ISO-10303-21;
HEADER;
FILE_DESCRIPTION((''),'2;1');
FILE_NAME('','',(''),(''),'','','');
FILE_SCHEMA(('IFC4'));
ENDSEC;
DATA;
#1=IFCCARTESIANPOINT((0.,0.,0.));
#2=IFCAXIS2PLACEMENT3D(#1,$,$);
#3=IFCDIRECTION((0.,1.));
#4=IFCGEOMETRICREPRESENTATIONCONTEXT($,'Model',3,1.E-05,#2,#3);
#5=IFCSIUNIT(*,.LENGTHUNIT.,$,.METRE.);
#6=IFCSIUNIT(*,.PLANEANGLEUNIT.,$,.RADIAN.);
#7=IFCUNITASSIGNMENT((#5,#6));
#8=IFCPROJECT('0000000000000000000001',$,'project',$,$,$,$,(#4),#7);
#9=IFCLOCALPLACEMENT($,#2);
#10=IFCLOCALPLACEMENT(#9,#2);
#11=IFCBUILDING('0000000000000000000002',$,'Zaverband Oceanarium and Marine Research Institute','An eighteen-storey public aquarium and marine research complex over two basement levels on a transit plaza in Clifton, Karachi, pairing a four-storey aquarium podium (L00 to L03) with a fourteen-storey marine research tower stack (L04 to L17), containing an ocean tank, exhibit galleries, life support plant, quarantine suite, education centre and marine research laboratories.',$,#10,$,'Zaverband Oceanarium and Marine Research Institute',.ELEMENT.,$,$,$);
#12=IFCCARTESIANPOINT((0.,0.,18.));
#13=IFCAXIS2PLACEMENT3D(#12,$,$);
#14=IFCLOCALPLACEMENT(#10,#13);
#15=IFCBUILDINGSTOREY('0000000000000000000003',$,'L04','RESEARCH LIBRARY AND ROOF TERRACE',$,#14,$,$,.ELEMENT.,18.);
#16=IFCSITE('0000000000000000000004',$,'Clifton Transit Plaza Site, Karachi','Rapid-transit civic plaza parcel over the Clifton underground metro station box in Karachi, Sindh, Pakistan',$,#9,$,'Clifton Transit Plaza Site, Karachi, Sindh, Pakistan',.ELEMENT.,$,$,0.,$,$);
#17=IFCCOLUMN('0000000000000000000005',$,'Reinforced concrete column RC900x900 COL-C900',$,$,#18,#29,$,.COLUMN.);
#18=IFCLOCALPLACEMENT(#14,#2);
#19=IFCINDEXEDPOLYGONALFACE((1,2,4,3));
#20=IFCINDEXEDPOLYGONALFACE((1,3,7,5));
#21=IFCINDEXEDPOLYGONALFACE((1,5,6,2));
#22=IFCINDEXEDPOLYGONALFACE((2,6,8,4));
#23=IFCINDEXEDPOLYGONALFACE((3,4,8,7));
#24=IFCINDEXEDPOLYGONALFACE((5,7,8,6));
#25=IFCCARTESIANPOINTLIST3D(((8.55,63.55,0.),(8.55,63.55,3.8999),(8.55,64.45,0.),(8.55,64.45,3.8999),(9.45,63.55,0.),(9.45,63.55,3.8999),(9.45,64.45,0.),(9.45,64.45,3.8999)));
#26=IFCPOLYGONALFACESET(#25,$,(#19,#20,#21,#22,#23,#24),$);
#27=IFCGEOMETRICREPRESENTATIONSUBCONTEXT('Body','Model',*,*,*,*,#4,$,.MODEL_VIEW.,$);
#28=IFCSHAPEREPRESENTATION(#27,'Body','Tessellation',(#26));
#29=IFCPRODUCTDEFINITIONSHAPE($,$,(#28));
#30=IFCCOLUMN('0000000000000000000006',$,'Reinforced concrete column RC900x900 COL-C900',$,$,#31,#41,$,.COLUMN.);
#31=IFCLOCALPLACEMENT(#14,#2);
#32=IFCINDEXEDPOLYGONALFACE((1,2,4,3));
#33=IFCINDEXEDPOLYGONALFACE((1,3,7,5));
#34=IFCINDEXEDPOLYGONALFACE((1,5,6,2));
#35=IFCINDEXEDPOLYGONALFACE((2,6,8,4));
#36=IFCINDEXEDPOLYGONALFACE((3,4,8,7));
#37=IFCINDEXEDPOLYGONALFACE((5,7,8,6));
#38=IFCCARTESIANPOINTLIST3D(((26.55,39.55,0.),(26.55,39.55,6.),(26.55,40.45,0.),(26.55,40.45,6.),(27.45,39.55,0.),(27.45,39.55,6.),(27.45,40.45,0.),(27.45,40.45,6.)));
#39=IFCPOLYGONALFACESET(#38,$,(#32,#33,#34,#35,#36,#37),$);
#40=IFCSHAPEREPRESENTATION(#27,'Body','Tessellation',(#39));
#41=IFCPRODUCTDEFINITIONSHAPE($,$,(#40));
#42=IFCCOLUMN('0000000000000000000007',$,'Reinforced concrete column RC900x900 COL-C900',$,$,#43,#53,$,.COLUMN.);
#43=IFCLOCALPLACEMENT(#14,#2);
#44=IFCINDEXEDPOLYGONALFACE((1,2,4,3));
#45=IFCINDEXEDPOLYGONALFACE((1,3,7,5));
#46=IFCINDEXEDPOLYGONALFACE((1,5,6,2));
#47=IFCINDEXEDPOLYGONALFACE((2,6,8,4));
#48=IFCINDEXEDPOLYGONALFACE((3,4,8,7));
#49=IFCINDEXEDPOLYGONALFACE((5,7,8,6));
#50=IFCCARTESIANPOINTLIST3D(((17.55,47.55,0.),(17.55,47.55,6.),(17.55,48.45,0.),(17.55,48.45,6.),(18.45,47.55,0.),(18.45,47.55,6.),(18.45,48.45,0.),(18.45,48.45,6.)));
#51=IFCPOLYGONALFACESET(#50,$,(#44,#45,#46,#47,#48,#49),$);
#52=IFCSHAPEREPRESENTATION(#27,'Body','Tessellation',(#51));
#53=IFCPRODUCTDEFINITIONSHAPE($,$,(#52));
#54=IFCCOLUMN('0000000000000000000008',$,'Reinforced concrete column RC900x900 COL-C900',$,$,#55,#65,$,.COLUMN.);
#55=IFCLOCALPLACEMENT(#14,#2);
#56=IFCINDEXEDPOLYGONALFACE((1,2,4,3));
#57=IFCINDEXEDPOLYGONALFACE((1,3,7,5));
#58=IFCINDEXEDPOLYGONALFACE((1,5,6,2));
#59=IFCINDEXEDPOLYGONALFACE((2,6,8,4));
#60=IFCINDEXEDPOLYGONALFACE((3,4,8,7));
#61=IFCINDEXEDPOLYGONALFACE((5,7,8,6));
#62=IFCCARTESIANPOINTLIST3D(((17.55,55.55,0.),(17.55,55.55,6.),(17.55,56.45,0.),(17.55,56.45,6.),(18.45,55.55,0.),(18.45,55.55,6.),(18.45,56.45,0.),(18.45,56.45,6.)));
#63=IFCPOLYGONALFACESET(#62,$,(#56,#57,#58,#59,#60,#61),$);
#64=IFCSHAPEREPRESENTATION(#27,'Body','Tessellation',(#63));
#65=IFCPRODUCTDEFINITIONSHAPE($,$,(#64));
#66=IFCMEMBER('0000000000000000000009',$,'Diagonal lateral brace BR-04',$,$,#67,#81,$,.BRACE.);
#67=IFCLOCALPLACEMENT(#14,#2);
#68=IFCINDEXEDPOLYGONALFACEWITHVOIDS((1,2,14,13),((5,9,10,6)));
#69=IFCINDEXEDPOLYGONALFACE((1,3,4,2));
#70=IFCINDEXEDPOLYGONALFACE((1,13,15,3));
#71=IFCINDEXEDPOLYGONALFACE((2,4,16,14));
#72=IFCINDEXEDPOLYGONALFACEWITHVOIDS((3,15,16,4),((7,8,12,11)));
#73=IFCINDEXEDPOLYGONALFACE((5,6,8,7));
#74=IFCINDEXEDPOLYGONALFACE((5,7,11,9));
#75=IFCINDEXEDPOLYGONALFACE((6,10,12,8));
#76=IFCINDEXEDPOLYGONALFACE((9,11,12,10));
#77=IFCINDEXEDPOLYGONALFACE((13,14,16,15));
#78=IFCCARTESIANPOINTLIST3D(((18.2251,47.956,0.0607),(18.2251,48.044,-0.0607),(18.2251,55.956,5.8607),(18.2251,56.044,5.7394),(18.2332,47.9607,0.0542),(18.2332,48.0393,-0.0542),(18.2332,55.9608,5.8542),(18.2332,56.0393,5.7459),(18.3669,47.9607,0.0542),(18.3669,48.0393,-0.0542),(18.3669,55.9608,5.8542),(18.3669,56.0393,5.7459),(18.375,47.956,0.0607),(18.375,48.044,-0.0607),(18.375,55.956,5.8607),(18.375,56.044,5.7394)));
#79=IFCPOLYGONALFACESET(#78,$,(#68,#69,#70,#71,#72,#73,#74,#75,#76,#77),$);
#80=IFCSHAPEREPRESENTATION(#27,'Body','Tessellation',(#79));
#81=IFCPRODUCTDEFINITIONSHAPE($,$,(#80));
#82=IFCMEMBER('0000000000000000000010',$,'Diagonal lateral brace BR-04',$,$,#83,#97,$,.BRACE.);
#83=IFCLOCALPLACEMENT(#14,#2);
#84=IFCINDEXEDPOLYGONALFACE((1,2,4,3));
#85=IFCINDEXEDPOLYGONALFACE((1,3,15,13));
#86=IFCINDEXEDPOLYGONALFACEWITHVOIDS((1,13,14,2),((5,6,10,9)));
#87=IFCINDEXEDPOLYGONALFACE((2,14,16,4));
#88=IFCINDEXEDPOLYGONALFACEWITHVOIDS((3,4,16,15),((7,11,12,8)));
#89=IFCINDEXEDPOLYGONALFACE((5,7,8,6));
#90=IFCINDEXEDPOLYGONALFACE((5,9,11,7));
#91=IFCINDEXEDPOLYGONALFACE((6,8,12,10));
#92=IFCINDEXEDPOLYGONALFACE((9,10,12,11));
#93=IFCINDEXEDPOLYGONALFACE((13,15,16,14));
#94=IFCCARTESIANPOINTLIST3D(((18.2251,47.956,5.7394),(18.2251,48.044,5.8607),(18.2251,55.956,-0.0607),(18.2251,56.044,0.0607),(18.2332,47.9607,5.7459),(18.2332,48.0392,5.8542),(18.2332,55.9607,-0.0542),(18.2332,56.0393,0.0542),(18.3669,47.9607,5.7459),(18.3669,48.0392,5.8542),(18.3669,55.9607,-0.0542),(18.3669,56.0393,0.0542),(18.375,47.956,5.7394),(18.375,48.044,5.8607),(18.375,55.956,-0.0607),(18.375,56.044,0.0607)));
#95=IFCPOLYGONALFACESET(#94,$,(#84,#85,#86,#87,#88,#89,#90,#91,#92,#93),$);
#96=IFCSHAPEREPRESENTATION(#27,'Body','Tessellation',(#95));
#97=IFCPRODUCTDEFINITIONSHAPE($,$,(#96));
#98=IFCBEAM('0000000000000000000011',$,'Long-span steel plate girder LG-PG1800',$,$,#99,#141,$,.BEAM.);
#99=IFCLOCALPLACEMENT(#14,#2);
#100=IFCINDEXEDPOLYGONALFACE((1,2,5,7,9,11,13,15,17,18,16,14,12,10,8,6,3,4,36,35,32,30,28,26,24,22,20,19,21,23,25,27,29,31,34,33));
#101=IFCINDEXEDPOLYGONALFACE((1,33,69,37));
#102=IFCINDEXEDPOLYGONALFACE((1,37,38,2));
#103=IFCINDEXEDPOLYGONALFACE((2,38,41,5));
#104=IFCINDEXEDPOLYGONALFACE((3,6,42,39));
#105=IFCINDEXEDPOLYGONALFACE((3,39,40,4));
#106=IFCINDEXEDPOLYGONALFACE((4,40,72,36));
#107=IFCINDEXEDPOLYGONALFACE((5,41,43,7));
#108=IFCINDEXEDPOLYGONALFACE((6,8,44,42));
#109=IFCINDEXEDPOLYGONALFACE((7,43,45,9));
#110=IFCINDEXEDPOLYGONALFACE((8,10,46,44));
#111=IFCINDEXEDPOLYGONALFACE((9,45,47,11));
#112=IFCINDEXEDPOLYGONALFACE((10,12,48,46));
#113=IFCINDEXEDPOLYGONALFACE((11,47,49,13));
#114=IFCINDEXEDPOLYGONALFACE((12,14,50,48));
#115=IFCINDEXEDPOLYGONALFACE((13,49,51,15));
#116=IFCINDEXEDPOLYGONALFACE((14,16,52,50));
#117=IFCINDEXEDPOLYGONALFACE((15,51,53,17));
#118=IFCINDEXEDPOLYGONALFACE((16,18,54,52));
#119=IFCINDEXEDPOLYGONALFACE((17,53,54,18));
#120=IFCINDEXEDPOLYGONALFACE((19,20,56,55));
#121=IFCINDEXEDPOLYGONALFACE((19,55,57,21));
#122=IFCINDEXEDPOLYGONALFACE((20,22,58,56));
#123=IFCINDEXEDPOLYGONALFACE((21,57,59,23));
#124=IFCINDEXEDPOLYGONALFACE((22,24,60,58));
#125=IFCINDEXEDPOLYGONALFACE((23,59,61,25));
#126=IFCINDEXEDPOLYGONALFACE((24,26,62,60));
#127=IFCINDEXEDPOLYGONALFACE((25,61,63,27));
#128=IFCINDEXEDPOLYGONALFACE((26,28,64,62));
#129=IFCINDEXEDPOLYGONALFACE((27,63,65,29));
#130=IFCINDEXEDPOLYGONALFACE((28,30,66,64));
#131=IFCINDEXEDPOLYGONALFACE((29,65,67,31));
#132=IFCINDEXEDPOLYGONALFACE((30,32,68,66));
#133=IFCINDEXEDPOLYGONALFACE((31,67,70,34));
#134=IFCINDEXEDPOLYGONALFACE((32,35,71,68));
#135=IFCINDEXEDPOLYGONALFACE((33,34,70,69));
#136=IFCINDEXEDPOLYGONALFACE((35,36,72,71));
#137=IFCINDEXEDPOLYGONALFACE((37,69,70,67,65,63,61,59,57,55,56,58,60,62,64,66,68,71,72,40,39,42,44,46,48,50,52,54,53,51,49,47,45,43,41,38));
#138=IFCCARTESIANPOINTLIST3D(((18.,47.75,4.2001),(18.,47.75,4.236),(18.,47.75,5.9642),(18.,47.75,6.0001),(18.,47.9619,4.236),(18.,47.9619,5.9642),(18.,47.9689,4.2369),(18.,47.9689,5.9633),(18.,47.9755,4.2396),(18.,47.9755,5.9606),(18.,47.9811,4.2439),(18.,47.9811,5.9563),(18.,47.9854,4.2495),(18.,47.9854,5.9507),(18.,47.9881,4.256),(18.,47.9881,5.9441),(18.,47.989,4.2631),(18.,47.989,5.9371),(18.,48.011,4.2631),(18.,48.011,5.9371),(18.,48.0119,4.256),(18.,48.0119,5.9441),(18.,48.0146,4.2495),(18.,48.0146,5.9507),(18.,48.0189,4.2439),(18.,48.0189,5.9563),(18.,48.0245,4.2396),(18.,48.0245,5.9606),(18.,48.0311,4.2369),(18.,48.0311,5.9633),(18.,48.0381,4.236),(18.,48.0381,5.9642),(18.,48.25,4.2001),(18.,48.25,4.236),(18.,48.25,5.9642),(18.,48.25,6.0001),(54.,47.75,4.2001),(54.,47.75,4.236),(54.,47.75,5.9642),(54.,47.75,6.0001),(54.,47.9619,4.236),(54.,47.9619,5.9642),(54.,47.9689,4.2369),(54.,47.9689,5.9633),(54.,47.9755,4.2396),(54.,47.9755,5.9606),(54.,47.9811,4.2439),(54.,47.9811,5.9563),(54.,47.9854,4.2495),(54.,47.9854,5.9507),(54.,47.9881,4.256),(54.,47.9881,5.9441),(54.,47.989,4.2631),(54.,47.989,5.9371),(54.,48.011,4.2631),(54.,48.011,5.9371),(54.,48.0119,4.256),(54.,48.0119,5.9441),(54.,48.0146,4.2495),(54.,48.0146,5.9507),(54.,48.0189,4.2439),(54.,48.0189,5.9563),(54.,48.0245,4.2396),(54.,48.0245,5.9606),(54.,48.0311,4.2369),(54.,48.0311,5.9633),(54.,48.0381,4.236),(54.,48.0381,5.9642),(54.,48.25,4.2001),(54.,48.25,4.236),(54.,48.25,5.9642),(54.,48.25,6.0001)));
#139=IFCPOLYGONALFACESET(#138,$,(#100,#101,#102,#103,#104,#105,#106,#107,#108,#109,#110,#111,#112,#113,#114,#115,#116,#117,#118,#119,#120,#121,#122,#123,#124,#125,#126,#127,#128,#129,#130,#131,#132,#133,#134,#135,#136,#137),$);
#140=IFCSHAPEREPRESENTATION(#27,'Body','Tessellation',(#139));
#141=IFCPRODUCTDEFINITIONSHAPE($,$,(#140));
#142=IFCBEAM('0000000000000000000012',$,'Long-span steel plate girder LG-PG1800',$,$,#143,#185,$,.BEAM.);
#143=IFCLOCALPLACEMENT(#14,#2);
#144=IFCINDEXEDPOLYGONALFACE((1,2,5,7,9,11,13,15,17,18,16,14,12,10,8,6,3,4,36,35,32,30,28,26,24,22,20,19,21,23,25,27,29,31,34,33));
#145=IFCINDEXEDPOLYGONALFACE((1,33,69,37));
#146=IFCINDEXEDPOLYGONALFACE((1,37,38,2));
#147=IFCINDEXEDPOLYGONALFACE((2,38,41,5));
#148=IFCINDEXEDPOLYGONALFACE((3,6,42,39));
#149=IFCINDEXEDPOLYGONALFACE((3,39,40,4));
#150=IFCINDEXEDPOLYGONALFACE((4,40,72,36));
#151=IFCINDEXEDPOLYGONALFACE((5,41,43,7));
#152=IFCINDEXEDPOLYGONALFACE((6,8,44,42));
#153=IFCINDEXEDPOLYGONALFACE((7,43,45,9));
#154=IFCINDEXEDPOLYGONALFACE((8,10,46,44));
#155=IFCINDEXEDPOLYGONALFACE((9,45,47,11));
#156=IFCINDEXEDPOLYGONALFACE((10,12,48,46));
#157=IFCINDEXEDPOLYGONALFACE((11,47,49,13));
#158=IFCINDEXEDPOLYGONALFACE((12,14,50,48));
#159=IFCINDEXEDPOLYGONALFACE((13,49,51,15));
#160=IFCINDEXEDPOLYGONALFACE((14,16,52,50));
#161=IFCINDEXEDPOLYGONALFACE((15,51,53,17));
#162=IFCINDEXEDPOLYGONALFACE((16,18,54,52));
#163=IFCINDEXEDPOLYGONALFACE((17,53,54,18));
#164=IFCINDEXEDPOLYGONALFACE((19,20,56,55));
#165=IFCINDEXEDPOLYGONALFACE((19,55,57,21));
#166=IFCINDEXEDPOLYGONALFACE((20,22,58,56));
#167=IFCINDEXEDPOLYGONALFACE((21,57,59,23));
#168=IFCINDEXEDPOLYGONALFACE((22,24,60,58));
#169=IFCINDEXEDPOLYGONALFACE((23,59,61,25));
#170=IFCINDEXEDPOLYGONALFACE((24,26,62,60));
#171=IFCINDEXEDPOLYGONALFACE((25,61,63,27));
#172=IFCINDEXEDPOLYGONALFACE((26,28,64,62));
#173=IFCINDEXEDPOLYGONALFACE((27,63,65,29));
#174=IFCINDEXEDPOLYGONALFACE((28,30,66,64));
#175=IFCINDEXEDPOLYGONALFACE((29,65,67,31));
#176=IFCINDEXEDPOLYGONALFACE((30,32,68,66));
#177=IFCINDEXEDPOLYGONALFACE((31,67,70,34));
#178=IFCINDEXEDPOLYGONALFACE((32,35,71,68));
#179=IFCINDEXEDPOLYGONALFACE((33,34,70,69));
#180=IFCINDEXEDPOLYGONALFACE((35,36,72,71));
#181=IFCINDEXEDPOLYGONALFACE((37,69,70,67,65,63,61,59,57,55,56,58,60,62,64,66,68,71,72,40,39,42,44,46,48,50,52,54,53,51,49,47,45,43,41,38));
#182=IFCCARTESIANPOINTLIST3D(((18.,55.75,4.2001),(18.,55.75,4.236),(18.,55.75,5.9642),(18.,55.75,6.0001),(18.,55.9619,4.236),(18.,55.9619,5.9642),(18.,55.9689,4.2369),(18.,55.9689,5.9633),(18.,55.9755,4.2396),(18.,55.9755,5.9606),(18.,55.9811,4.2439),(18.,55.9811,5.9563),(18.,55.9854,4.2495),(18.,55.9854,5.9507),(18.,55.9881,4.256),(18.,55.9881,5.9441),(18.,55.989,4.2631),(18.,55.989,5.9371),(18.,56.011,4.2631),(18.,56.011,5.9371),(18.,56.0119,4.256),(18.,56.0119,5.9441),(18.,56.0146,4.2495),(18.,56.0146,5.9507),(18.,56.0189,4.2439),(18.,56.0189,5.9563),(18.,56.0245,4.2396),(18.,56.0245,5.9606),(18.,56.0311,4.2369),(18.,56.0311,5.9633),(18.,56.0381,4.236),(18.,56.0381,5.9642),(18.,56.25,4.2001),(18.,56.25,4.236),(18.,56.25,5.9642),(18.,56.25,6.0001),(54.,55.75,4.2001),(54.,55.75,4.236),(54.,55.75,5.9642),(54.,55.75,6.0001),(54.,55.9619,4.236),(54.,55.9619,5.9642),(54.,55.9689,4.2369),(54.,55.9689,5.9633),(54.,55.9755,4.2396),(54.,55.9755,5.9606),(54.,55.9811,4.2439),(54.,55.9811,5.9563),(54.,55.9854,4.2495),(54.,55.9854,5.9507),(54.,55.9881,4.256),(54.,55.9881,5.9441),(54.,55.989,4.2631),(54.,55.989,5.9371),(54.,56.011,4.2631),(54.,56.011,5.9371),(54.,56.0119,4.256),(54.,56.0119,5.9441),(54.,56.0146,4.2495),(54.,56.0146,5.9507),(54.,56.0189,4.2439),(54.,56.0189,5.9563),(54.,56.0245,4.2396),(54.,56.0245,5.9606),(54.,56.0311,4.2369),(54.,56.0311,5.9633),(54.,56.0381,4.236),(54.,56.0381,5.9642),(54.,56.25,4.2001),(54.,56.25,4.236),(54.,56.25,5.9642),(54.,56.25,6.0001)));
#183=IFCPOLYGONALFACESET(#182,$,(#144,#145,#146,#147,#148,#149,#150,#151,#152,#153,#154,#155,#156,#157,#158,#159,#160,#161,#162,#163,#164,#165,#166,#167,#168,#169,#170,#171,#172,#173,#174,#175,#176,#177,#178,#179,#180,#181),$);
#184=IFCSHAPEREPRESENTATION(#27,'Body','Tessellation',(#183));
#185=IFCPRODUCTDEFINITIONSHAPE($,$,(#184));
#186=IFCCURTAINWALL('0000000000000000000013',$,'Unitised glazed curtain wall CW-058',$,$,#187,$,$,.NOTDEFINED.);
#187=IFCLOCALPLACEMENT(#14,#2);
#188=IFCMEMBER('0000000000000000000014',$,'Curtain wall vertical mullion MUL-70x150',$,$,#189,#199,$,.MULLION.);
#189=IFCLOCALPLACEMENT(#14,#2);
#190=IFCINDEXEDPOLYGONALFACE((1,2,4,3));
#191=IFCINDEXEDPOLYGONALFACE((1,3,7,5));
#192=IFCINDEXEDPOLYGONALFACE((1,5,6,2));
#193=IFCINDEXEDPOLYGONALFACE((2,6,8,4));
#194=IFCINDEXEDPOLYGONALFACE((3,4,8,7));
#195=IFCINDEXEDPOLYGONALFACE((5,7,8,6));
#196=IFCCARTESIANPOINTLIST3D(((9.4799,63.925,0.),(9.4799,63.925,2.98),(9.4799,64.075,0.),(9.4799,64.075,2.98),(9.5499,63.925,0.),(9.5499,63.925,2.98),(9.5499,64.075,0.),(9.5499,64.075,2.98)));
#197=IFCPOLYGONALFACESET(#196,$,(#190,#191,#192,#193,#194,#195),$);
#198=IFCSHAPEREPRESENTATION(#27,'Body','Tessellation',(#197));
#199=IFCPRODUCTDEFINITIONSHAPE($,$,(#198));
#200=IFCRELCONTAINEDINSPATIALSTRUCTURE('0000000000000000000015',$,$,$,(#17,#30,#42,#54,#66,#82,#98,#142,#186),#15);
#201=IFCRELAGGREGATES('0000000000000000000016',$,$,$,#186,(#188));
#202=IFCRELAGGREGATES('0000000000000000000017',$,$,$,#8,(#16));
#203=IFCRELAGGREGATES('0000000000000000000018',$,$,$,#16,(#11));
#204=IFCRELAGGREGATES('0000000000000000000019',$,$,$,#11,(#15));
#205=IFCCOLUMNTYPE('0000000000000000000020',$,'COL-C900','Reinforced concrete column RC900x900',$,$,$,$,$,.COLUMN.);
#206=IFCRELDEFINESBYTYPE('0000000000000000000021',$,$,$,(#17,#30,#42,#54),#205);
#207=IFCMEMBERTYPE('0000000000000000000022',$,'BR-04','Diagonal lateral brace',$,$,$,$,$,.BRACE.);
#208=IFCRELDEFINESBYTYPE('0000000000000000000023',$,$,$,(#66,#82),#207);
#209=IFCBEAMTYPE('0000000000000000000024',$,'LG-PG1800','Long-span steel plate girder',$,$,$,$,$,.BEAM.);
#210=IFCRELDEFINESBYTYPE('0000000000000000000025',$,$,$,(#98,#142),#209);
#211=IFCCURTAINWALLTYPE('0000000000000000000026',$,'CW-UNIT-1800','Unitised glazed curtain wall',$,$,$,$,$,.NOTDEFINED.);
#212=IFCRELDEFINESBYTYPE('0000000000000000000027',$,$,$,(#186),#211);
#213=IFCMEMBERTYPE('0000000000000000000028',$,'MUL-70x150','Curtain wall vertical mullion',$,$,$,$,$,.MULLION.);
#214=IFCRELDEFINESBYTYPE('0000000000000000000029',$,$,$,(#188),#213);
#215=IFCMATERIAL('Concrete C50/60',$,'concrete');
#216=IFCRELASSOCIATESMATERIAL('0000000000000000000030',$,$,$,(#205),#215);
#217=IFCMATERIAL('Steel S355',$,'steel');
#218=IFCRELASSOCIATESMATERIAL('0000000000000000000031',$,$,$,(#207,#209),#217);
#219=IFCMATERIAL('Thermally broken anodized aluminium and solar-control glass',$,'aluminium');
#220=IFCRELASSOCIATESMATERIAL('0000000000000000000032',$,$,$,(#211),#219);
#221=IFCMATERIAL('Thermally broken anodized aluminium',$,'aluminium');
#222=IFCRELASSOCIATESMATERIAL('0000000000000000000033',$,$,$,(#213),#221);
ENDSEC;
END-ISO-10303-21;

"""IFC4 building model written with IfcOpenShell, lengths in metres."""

from ifc_helpers import new_model, si_unit, direction, frame, origin, origin_2d, place, context, subcontext, project, spatial, rectangle, hollow_rectangle, i_section, extrude, material, material_profile, profile_set, type_object, element, aggregate, save


model = new_model("IFC4")

# Units and contexts
model_context = context("Model", 3, precision=1e-05, world=origin(), true_north=direction((0.0, 1.0)))
body_context = subcontext(model_context, "Body", "Model", "MODEL_VIEW")
ifc_project = project(units=[si_unit("LENGTHUNIT", "METRE"), si_unit("PLANEANGLEUNIT", "RADIAN")], contexts=[model_context])

# Site, building, storey
site_placement = place(None, origin())
site = spatial("IfcSite", under=ifc_project, at=site_placement, Name="Clifton Transit Plaza Site, Karachi", Description="Rapid-transit civic plaza parcel over the Clifton underground metro station box in Karachi, Sindh, Pakistan", LongName="Clifton Transit Plaza Site, Karachi, Sindh, Pakistan", CompositionType="ELEMENT", RefElevation=0.0)
building_placement = place(site_placement, origin())
building = spatial("IfcBuilding", under=site, at=building_placement, Name="Zaverband Oceanarium and Marine Research Institute", Description="An eighteen-storey public aquarium and marine research complex over two basement levels on a transit plaza in Clifton, Karachi, pairing a four-storey aquarium podium (L00 to L03) with a fourteen-storey marine research tower stack (L04 to L17), containing an ocean tank, exhibit galleries, life support plant, quarantine suite, education centre and marine research laboratories.", LongName="Zaverband Oceanarium and Marine Research Institute", CompositionType="ELEMENT")
storey_placement = place(building_placement, frame((0.0, 0.0, 18.0)))
storey = spatial("IfcBuildingStorey", under=building, at=storey_placement, Name="L04", Description="RESEARCH LIBRARY AND ROOF TERRACE", CompositionType="ELEMENT", Elevation=18.0)

# Columns
ifc_material_1 = material(Name="Concrete C50/60", Category="concrete")
ifc_material_profile_1 = material_profile(ifc_material_1, rectangle(XDim=0.8999, YDim=0.8999, at=origin_2d()), Name="RC900x900")
ifc_profile_set_1 = profile_set([ifc_material_profile_1], Name="Concrete C50/60")
column_type = type_object("IfcColumnType", Name="COL-C900", Description="Reinforced concrete column RC900x900", PredefinedType="COLUMN", material=ifc_profile_set_1)
column_placement = place(storey_placement, frame((9.0, 64.0, 0.0), z_axis=(0.0, 0.0, 1.0), x_axis=(1.0, 0.0, 0.0)))
element("IfcColumn", 1, at=column_placement, inside=storey, type_object=column_type, Name="Reinforced concrete column RC900x900 COL-C900", PredefinedType="COLUMN", context=body_context, shape_type="SweptSolid", body=[
    extrude(rectangle(XDim=0.8999, YDim=0.8999, at=origin_2d()), origin(), (0.0, 0.0, 1.0), 3.8999),
])
for number, where, z_axis, x_axis, name in (
    (2, (27.0, 40.0, 0.0), (0.0, 0.0, 1.0), (1.0, 0.0, 0.0), "Reinforced concrete column RC900x900 COL-C900"),
    (3, (18.0, 48.0, 0.0), (0.0, 0.0, 1.0), (1.0, 0.0, 0.0), "Reinforced concrete column RC900x900 COL-C900"),
    (4, (18.0, 56.0, 0.0), (0.0, 0.0, 1.0), (1.0, 0.0, 0.0), "Reinforced concrete column RC900x900 COL-C900"),
):
    element("IfcColumn", number, at=place(storey_placement, frame(where, z_axis=z_axis, x_axis=x_axis)), inside=storey, type_object=column_type, Name=name, PredefinedType="COLUMN", context=body_context, shape_type="SweptSolid", body=[
        extrude(rectangle(XDim=0.8999, YDim=0.8999, at=origin_2d()), origin(), (0.0, 0.0, 1.0), 6.0),
    ])

# Members
ifc_material_2 = material(Name="Steel S355", Category="steel")
ifc_material_profile_2 = material_profile(ifc_material_2, hollow_rectangle(XDim=0.1499, YDim=0.1499, WallThickness=0.0081, at=origin_2d()), Name="SHS150x150x8")
ifc_profile_set_2 = profile_set([ifc_material_profile_2], Name="Steel S355")
member_type_1 = type_object("IfcMemberType", Name="BR-04", Description="Diagonal lateral brace", PredefinedType="BRACE", material=ifc_profile_set_2)
for number, where, z_axis, x_axis, name in (
    (5, (18.3, 48.0, 0.0), (0.0, 0.809608, 0.586971), (-1.0, 0.0, 0.0), "Diagonal lateral brace BR-04"),
    (6, (18.3, 56.0, 0.0), (0.0, -0.809608, 0.586971), (1.0, 0.0, 0.0), "Diagonal lateral brace BR-04"),
):
    element("IfcMember", number, at=place(storey_placement, frame(where, z_axis=z_axis, x_axis=x_axis)), inside=storey, type_object=member_type_1, Name=name, PredefinedType="BRACE", context=body_context, shape_type="SweptSolid", body=[
        extrude(hollow_rectangle(XDim=0.1499, YDim=0.1499, WallThickness=0.0081, at=origin_2d()), origin(), (0.0, 0.0, 1.0), 9.8813),
    ])

# Beams
ifc_material_profile_3 = material_profile(ifc_material_2, i_section(OverallWidth=0.5, OverallDepth=1.8, WebThickness=0.022, FlangeThickness=0.0359, FilletRadius=0.0271, at=origin_2d()), Name="PG1800x500")
ifc_profile_set_3 = profile_set([ifc_material_profile_3], Name="Steel S355")
beam_type_1 = type_object("IfcBeamType", Name="LG-PG1800", Description="Long-span steel plate girder", PredefinedType="BEAM", material=ifc_profile_set_3)
for number, where, z_axis, x_axis, name in (
    (7, (18.0, 48.0, 5.1001), (1.0, 0.0, 0.0), (0.0, 1.0, 0.0), "Long-span steel plate girder LG-PG1800"),
    (8, (18.0, 56.0, 5.1001), (1.0, 0.0, 0.0), (0.0, 1.0, 0.0), "Long-span steel plate girder LG-PG1800"),
):
    element("IfcBeam", number, at=place(storey_placement, frame(where, z_axis=z_axis, x_axis=x_axis)), inside=storey, type_object=beam_type_1, Name=name, PredefinedType="BEAM", context=body_context, shape_type="SweptSolid", body=[
        extrude(i_section(OverallWidth=0.5, OverallDepth=1.8, WebThickness=0.022, FlangeThickness=0.0359, FilletRadius=0.0271, at=origin_2d()), origin(), (0.0, 0.0, 1.0), 36.0),
    ])

# Curtain wall, member
ifc_material_3 = material(Name="Thermally broken anodized aluminium and solar-control glass", Category="aluminium")
curtain_wall_type = type_object("IfcCurtainWallType", Name="CW-UNIT-1800", Description="Unitised glazed curtain wall", PredefinedType="NOTDEFINED", material=ifc_material_3)
curtain_wall_placement = place(storey_placement, origin())
curtain_wall = element("IfcCurtainWall", 9, at=curtain_wall_placement, inside=storey, type_object=curtain_wall_type, Name="Unitised glazed curtain wall CW-058", PredefinedType="NOTDEFINED")
ifc_material_4 = material(Name="Thermally broken anodized aluminium", Category="aluminium")
ifc_material_profile_4 = material_profile(ifc_material_4, rectangle(XDim=0.0701, YDim=0.1499, at=origin_2d()), Name="AL-MUL-70x150")
ifc_profile_set_4 = profile_set([ifc_material_profile_4], Name="Thermally broken anodized aluminium")
member_type_2 = type_object("IfcMemberType", Name="MUL-70x150", Description="Curtain wall vertical mullion", PredefinedType="MULLION", material=ifc_profile_set_4)
member_1_placement = place(storey_placement, frame((9.5149, 64.0, 0.0), z_axis=(0.0, 0.0, 1.0), x_axis=(1.0, 0.0, 0.0)))
member_1 = element("IfcMember", 10, at=member_1_placement, type_object=member_type_2, Name="Curtain wall vertical mullion MUL-70x150", PredefinedType="MULLION", context=body_context, shape_type="SweptSolid", body=[
    extrude(rectangle(XDim=0.0701, YDim=0.1499, at=origin_2d()), origin(), (0.0, 0.0, 1.0), 2.98),
])

aggregate(curtain_wall, [member_1])

save(model, "model.ifc")
